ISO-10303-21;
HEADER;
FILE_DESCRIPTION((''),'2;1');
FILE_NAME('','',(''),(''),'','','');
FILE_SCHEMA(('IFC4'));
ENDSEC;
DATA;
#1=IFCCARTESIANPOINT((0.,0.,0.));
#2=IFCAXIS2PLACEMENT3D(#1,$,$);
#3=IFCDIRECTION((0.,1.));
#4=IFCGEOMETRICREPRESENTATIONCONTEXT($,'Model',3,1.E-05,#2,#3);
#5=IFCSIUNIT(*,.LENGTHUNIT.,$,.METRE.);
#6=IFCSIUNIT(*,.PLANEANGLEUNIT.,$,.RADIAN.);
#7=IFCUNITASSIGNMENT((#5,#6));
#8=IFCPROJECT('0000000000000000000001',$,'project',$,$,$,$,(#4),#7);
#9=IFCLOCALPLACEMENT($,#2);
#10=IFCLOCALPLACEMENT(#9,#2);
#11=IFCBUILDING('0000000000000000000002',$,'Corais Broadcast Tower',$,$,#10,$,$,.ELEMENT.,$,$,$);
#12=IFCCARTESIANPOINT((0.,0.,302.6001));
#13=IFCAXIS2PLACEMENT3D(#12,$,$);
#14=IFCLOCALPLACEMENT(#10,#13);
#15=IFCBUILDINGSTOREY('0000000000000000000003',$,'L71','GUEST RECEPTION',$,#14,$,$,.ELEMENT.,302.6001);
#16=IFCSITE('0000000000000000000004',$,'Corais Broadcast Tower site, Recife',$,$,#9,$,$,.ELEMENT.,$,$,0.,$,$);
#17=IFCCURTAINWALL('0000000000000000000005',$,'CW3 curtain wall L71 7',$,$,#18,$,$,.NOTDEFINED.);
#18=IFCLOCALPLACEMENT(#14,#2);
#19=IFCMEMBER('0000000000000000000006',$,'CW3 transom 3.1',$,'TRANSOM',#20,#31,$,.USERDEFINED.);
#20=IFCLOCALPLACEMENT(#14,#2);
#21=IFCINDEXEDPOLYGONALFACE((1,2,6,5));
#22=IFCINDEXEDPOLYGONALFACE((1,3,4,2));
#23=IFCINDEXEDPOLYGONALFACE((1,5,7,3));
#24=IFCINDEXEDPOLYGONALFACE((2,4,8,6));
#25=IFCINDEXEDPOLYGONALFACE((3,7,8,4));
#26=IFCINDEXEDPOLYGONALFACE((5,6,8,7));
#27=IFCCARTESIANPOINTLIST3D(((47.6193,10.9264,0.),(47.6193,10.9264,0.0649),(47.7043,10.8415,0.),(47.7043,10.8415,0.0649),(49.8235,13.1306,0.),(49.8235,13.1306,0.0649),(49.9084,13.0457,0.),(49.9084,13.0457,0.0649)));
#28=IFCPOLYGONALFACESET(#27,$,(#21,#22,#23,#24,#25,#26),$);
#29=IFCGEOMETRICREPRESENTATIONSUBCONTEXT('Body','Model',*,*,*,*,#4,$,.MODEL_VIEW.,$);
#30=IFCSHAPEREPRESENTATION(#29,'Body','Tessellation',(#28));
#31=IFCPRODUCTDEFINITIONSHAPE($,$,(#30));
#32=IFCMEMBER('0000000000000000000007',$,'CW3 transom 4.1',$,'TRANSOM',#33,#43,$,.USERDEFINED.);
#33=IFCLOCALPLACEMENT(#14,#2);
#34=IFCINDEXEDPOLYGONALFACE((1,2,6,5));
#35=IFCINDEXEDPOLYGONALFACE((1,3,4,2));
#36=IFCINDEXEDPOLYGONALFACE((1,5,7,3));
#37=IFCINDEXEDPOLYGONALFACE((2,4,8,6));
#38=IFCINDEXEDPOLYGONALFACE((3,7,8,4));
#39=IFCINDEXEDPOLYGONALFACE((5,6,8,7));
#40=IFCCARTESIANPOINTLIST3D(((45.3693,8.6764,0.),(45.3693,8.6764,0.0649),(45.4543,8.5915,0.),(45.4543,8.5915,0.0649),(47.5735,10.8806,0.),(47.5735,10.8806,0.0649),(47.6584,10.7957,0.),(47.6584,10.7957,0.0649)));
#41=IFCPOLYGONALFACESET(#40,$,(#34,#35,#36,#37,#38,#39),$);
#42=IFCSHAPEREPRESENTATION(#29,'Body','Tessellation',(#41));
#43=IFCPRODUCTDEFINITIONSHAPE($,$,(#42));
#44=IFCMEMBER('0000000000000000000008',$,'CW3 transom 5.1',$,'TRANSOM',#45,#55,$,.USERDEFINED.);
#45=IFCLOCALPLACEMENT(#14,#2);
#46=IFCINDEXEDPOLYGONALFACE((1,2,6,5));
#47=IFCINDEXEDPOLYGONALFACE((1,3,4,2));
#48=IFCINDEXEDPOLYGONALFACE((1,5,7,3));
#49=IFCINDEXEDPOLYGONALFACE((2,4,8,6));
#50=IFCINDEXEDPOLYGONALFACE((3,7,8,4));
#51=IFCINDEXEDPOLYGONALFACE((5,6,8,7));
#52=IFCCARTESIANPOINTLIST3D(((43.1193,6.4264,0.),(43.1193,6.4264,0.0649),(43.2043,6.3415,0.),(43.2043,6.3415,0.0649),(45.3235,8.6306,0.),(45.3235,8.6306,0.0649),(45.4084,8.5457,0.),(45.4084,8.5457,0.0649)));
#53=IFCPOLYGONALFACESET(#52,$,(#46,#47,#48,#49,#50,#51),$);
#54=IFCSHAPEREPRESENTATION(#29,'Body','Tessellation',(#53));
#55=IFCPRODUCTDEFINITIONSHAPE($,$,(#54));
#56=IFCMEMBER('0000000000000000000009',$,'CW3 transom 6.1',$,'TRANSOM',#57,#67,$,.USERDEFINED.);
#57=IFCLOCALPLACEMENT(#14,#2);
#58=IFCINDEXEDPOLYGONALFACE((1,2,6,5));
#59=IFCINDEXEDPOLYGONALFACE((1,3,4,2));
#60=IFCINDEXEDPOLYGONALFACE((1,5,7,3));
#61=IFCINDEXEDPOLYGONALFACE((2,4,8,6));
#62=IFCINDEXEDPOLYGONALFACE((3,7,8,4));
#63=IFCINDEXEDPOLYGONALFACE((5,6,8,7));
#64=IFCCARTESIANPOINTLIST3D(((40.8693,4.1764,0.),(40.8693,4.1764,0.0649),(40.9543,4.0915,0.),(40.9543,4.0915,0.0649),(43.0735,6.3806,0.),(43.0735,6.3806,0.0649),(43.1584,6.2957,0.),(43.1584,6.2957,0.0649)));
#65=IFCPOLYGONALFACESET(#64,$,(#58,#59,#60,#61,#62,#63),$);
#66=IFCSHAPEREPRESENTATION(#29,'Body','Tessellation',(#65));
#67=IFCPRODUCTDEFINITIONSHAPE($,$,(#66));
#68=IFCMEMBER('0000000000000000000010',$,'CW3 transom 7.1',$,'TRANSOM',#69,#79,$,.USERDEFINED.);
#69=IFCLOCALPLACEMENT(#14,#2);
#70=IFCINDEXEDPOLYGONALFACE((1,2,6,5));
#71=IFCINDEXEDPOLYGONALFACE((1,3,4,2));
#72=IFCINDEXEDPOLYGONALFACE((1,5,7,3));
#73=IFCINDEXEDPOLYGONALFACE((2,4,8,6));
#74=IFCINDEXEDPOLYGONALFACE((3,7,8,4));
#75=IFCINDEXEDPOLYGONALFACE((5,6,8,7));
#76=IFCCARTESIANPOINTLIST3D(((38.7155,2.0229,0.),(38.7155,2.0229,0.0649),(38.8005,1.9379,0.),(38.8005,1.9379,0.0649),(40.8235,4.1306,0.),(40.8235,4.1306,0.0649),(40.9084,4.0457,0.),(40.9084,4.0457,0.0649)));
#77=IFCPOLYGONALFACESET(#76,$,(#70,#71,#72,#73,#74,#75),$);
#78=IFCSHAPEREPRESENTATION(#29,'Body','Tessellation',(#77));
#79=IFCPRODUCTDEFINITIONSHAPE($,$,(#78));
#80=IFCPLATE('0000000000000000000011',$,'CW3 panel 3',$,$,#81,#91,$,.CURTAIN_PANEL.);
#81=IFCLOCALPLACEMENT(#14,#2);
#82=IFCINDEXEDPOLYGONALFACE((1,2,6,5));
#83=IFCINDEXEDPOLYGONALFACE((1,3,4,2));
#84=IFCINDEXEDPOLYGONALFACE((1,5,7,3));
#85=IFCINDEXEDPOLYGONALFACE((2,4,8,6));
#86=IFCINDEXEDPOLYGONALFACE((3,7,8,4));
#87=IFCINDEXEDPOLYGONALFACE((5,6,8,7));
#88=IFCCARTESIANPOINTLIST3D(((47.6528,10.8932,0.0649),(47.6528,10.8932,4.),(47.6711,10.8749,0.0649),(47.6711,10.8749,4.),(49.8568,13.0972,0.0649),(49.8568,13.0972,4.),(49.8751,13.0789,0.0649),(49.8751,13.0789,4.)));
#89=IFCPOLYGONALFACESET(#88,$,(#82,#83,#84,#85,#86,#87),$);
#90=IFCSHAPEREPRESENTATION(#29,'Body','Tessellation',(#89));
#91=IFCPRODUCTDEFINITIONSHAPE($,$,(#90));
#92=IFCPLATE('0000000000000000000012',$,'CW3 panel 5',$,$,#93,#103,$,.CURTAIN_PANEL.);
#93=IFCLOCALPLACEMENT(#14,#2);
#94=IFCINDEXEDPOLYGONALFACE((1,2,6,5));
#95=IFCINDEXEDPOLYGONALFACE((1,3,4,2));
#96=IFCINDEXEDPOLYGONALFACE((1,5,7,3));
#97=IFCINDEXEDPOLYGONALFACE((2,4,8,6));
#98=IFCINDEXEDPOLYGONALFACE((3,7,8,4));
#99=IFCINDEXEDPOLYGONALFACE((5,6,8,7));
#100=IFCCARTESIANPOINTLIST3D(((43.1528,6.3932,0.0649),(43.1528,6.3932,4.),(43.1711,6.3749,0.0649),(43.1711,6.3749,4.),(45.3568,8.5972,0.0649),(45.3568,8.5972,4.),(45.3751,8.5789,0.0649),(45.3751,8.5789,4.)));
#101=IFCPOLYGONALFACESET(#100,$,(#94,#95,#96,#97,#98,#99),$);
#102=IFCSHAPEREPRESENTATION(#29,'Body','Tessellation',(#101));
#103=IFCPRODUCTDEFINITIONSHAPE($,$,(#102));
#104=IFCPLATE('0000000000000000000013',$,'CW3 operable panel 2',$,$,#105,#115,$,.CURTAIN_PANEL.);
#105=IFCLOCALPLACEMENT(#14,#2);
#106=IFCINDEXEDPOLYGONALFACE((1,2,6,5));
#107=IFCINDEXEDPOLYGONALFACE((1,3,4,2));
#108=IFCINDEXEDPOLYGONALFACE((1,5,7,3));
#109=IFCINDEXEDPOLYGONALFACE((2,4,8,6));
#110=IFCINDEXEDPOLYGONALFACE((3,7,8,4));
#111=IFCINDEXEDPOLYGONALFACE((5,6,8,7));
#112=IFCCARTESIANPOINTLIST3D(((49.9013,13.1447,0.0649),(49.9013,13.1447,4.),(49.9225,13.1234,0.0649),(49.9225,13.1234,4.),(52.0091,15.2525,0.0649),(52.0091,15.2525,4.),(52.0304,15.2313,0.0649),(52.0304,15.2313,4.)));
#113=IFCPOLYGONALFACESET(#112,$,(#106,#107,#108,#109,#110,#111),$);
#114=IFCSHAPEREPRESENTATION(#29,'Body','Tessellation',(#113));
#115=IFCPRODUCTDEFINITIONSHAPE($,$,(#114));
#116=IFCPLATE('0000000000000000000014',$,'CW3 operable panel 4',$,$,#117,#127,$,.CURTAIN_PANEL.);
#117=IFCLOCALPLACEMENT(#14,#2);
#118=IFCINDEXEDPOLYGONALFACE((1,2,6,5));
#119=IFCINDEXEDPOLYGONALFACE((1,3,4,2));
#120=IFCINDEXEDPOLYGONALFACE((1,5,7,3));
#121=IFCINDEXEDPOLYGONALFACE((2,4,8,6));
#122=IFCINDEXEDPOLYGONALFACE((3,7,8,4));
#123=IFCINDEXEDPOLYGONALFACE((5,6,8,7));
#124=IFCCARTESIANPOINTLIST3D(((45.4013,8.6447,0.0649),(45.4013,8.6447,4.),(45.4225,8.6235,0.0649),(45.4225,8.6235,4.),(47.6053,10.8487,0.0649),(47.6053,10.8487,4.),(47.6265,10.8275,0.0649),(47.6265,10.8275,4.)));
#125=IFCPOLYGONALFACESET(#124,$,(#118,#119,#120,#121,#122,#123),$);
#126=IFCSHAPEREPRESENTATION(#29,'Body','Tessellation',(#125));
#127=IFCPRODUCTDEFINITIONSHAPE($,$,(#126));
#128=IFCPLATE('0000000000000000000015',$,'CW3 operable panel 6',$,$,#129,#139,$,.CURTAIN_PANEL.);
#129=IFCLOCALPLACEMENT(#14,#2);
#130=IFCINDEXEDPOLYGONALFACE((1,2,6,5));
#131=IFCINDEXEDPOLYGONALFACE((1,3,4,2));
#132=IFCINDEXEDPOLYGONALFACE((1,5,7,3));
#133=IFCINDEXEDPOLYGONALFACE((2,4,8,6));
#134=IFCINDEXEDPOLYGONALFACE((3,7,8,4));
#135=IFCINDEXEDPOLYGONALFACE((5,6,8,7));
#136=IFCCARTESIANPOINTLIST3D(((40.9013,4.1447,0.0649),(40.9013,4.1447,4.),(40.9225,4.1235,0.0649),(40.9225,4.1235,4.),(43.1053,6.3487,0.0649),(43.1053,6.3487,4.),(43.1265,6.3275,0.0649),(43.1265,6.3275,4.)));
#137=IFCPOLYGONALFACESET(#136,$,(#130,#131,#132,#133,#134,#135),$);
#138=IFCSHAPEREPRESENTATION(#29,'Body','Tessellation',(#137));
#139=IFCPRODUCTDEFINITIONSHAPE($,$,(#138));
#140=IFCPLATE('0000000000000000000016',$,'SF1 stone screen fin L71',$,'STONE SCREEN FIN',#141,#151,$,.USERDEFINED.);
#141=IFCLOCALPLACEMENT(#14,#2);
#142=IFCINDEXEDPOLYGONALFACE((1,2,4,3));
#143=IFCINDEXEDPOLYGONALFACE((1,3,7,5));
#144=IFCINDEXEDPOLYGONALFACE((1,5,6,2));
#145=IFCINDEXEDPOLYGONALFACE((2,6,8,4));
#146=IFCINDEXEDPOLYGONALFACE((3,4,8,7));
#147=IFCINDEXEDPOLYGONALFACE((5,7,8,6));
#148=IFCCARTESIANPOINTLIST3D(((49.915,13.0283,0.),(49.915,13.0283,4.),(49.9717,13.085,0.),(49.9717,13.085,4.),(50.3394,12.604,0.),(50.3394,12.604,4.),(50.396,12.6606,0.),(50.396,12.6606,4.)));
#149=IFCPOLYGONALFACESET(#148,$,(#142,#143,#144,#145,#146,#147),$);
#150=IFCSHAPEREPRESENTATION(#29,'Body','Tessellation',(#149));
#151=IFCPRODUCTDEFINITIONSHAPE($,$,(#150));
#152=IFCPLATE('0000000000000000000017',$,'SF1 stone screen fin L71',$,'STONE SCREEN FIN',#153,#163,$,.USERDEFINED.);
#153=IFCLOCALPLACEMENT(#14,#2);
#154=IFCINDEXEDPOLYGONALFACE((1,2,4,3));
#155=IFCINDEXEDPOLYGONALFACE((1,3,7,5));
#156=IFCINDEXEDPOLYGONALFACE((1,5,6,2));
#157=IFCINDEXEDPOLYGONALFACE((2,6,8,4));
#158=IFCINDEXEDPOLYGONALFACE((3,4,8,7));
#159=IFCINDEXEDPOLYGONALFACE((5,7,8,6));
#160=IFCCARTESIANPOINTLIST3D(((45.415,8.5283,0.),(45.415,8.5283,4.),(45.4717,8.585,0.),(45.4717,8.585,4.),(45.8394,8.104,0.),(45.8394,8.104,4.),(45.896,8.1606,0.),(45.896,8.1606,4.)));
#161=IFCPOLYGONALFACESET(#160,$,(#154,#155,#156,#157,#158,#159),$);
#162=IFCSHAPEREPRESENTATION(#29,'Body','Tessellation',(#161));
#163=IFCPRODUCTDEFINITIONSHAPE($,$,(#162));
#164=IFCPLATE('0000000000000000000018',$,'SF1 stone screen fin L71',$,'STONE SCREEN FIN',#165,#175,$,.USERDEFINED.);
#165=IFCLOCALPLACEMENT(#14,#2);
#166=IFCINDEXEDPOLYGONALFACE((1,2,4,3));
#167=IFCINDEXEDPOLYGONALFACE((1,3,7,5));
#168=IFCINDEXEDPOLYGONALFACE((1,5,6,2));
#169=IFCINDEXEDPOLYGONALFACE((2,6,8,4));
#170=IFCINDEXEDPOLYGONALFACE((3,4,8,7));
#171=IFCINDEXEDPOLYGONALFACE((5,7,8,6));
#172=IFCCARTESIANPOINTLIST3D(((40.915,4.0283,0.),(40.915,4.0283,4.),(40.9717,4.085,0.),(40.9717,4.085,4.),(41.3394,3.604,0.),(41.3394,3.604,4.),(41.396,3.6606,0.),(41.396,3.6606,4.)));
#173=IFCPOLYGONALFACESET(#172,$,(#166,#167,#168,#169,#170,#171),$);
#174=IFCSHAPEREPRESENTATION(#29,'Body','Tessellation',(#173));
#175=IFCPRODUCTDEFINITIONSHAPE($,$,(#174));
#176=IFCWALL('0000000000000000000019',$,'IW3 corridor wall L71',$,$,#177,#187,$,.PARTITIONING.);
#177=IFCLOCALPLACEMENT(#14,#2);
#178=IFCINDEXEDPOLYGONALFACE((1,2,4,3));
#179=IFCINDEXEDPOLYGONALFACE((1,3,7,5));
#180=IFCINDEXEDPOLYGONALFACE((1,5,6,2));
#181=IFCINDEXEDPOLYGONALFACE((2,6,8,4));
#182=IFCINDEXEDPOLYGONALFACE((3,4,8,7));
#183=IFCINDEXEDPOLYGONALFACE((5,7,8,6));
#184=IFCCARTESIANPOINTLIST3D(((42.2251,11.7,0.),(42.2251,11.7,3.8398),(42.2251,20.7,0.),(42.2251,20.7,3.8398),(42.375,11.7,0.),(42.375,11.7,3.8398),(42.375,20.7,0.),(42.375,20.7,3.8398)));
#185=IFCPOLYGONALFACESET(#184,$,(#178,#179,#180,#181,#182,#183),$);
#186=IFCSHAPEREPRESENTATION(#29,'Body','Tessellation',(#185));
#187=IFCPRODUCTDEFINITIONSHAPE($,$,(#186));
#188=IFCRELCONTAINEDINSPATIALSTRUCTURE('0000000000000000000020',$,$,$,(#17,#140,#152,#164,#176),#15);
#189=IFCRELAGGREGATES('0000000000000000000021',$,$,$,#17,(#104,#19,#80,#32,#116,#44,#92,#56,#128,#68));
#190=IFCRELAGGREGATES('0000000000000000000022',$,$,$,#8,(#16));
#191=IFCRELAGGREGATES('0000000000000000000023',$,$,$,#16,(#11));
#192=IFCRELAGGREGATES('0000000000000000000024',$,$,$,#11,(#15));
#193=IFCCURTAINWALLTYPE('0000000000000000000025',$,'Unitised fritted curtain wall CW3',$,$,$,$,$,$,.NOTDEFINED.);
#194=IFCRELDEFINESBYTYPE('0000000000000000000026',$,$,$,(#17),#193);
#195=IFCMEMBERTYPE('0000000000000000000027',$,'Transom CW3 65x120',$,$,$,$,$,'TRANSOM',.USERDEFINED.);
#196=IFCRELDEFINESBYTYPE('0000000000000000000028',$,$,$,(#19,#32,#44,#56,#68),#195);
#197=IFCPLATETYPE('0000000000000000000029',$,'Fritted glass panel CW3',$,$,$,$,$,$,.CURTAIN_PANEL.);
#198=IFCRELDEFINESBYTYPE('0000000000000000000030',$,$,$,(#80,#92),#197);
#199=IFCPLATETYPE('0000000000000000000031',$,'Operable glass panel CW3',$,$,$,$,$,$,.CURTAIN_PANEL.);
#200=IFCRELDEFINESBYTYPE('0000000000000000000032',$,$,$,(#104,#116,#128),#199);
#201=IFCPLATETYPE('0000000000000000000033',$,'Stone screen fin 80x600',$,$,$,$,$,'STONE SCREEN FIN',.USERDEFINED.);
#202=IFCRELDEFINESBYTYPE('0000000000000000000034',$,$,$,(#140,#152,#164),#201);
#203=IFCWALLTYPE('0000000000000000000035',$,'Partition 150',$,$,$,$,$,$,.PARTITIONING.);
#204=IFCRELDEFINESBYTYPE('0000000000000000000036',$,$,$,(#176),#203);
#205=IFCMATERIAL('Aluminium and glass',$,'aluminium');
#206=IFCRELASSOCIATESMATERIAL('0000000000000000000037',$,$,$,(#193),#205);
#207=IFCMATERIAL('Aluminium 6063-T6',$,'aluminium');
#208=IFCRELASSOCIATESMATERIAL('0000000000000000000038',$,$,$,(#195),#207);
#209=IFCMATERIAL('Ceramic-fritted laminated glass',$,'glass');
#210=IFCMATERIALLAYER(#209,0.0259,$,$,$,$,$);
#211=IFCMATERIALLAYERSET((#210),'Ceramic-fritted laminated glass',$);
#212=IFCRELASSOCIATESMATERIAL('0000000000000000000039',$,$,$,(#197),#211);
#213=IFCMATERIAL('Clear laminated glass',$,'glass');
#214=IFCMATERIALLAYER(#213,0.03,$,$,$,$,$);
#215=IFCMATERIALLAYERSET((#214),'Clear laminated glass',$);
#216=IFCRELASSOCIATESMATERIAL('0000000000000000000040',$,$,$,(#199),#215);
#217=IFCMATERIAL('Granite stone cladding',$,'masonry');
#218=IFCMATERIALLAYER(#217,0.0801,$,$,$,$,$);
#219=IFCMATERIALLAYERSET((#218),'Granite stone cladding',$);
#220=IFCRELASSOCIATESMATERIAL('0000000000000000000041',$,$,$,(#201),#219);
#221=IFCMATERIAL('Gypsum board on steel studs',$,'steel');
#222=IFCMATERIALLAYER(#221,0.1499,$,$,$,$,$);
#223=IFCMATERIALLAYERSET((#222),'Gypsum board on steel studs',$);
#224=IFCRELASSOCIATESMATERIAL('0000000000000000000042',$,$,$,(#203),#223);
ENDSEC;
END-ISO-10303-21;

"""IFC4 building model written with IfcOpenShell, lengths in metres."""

from ifc_helpers import new_model, si_unit, direction, frame, frame_2d, origin, origin_2d, place, context, subcontext, project, spatial, rectangle, extrude, material, layer, layer_set, material_profile, profile_set, type_object, element, aggregate, save


model = new_model("IFC4")

# Units and contexts
model_context = context("Model", 3, precision=1e-05, world=origin(), true_north=direction((0.0, 1.0)))
body_context = subcontext(model_context, "Body", "Model", "MODEL_VIEW")
ifc_project = project(units=[si_unit("LENGTHUNIT", "METRE"), si_unit("PLANEANGLEUNIT", "RADIAN")], contexts=[model_context])

# Site, building, storey
site_placement = place(None, origin())
site = spatial("IfcSite", under=ifc_project, at=site_placement, Name="Corais Broadcast Tower site, Recife", CompositionType="ELEMENT", RefElevation=0.0)
building_placement = place(site_placement, origin())
building = spatial("IfcBuilding", under=site, at=building_placement, Name="Corais Broadcast Tower", CompositionType="ELEMENT")
storey_placement = place(building_placement, frame((0.0, 0.0, 302.6001)))
storey = spatial("IfcBuildingStorey", under=building, at=storey_placement, Name="L71", Description="GUEST RECEPTION", CompositionType="ELEMENT", Elevation=302.6001)

# Curtain wall
ifc_material_1 = material(Name="Aluminium and glass", Category="aluminium")
curtain_wall_type = type_object("IfcCurtainWallType", Name="Unitised fritted curtain wall CW3", PredefinedType="NOTDEFINED", material=ifc_material_1)
curtain_wall_placement = place(storey_placement, origin())
curtain_wall = element("IfcCurtainWall", 1, at=curtain_wall_placement, inside=storey, type_object=curtain_wall_type, Name="CW3 curtain wall L71 7", PredefinedType="NOTDEFINED")

# Members
ifc_material_2 = material(Name="Aluminium 6063-T6", Category="aluminium")
ifc_material_profile_1 = material_profile(ifc_material_2, rectangle(XDim=0.1201, YDim=0.0649, at=origin_2d()), Name="Transom CW3 65x120")
ifc_profile_set_1 = profile_set([ifc_material_profile_1], Name="Aluminium 6063-T6")
member_type_1 = type_object("IfcMemberType", Name="Transom CW3 65x120", ElementType="TRANSOM", PredefinedType="USERDEFINED", material=ifc_profile_set_1)
member_1_placement = place(storey_placement, frame((49.866, 13.0881, 0.0325), z_axis=(-0.707107, -0.707107, 0.0), x_axis=(0.707107, -0.707107, 0.0)))
member_1 = element("IfcMember", 2, at=member_1_placement, type_object=member_type_1, Name="CW3 transom 3.1", ObjectType="TRANSOM", PredefinedType="USERDEFINED", context=body_context, shape_type="SweptSolid", body=[
    extrude(rectangle(XDim=0.1201, YDim=0.0649, at=origin_2d()), origin(), (0.0, 0.0, 1.0), 3.1172),
])
member_2_placement = place(storey_placement, frame((47.616, 10.8381, 0.0325), z_axis=(-0.707107, -0.707107, 0.0), x_axis=(0.707107, -0.707107, 0.0)))
member_2 = element("IfcMember", 3, at=member_2_placement, type_object=member_type_1, Name="CW3 transom 4.1", ObjectType="TRANSOM", PredefinedType="USERDEFINED", context=body_context, shape_type="SweptSolid", body=[
    extrude(rectangle(XDim=0.1201, YDim=0.0649, at=origin_2d()), origin(), (0.0, 0.0, 1.0), 3.1172),
])
member_3_placement = place(storey_placement, frame((45.366, 8.5881, 0.0325), z_axis=(-0.707107, -0.707107, 0.0), x_axis=(0.707107, -0.707107, 0.0)))
member_3 = element("IfcMember", 4, at=member_3_placement, type_object=member_type_1, Name="CW3 transom 5.1", ObjectType="TRANSOM", PredefinedType="USERDEFINED", context=body_context, shape_type="SweptSolid", body=[
    extrude(rectangle(XDim=0.1201, YDim=0.0649, at=origin_2d()), origin(), (0.0, 0.0, 1.0), 3.1172),
])
member_4_placement = place(storey_placement, frame((43.116, 6.3381, 0.0325), z_axis=(-0.707107, -0.707107, 0.0), x_axis=(0.707107, -0.707107, 0.0)))
member_4 = element("IfcMember", 5, at=member_4_placement, type_object=member_type_1, Name="CW3 transom 6.1", ObjectType="TRANSOM", PredefinedType="USERDEFINED", context=body_context, shape_type="SweptSolid", body=[
    extrude(rectangle(XDim=0.1201, YDim=0.0649, at=origin_2d()), origin(), (0.0, 0.0, 1.0), 3.1172),
])
member_5_placement = place(storey_placement, frame((40.866, 4.0881, 0.0325), z_axis=(-0.707148, -0.707066, 0.0), x_axis=(0.707066, -0.707148, 0.0)))
member_5 = element("IfcMember", 6, at=member_5_placement, type_object=member_type_1, Name="CW3 transom 7.1", ObjectType="TRANSOM", PredefinedType="USERDEFINED", context=body_context, shape_type="SweptSolid", body=[
    extrude(rectangle(XDim=0.1201, YDim=0.0649, at=origin_2d()), origin(), (0.0, 0.0, 1.0), 2.981),
])

# Plates
ifc_material_3 = material(Name="Ceramic-fritted laminated glass", Category="glass")
ifc_layer_1 = layer(ifc_material_3, 0.0259)
ifc_layer_set_1 = layer_set([ifc_layer_1], Name="Ceramic-fritted laminated glass")
plate_type_1 = type_object("IfcPlateType", Name="Fritted glass panel CW3", PredefinedType="CURTAIN_PANEL", material=ifc_layer_set_1)
plate_1_placement = place(storey_placement, frame((48.7639, 11.9861, 0.0649), z_axis=(0.0, 0.0, 1.0), x_axis=(-0.707107, -0.707107, 0.0)))
plate_1 = element("IfcPlate", 7, at=plate_1_placement, type_object=plate_type_1, Name="CW3 panel 3", PredefinedType="CURTAIN_PANEL", context=body_context, shape_type="SweptSolid", body=[
    extrude(rectangle(XDim=3.1169, YDim=0.0259, at=origin_2d()), origin(), (0.0, 0.0, 1.0), 3.9351),
])
plate_2_placement = place(storey_placement, frame((44.2639, 7.4861, 0.0649), z_axis=(0.0, 0.0, 1.0), x_axis=(-0.707107, -0.707107, 0.0)))
plate_2 = element("IfcPlate", 8, at=plate_2_placement, type_object=plate_type_1, Name="CW3 panel 5", PredefinedType="CURTAIN_PANEL", context=body_context, shape_type="SweptSolid", body=[
    extrude(rectangle(XDim=3.1169, YDim=0.0259, at=origin_2d()), origin(), (0.0, 0.0, 1.0), 3.9351),
])
ifc_material_4 = material(Name="Clear laminated glass", Category="glass")
ifc_layer_2 = layer(ifc_material_4, 0.03)
ifc_layer_set_2 = layer_set([ifc_layer_2], Name="Clear laminated glass")
plate_type_2 = type_object("IfcPlateType", Name="Operable glass panel CW3", PredefinedType="CURTAIN_PANEL", material=ifc_layer_set_2)
plate_3_placement = place(storey_placement, frame((50.9658, 14.188, 0.0649), z_axis=(0.0, 0.0, 1.0), x_axis=(-0.707107, -0.707107, 0.0)))
plate_3 = element("IfcPlate", 9, at=plate_3_placement, type_object=plate_type_2, Name="CW3 operable panel 2", PredefinedType="CURTAIN_PANEL", context=body_context, shape_type="SweptSolid", body=[
    extrude(rectangle(XDim=2.981, YDim=0.03, at=origin_2d()), origin(), (0.0, 0.0, 1.0), 3.9351),
])
plate_4_placement = place(storey_placement, frame((46.5139, 9.7361, 0.0649), z_axis=(0.0, 0.0, 1.0), x_axis=(-0.707107, -0.707107, 0.0)))
plate_4 = element("IfcPlate", 10, at=plate_4_placement, type_object=plate_type_2, Name="CW3 operable panel 4", PredefinedType="CURTAIN_PANEL", context=body_context, shape_type="SweptSolid", body=[
    extrude(rectangle(XDim=3.1169, YDim=0.03, at=origin_2d()), origin(), (0.0, 0.0, 1.0), 3.9351),
])
plate_5_placement = place(storey_placement, frame((42.0139, 5.2361, 0.0649), z_axis=(0.0, 0.0, 1.0), x_axis=(-0.707107, -0.707107, 0.0)))
plate_5 = element("IfcPlate", 11, at=plate_5_placement, type_object=plate_type_2, Name="CW3 operable panel 6", PredefinedType="CURTAIN_PANEL", context=body_context, shape_type="SweptSolid", body=[
    extrude(rectangle(XDim=3.1169, YDim=0.03, at=origin_2d()), origin(), (0.0, 0.0, 1.0), 3.9351),
])
aggregate(curtain_wall, [plate_3, member_1, plate_1, member_2, plate_4, member_3, plate_2, member_4, plate_5, member_5])

# Plates
ifc_material_5 = material(Name="Granite stone cladding", Category="masonry")
ifc_layer_3 = layer(ifc_material_5, 0.0801)
ifc_layer_set_3 = layer_set([ifc_layer_3], Name="Granite stone cladding")
plate_type_3 = type_object("IfcPlateType", Name="Stone screen fin 80x600", ElementType="STONE SCREEN FIN", PredefinedType="USERDEFINED", material=ifc_layer_set_3)
for number, where, z_axis, x_axis, name in (
    (12, (50.1555, 12.8445, 0.0), (0.0, 0.0, 1.0), (-0.707107, -0.707107, 0.0), "SF1 stone screen fin L71"),
    (13, (45.6555, 8.3445, 0.0), (0.0, 0.0, 1.0), (-0.707107, -0.707107, 0.0), "SF1 stone screen fin L71"),
    (14, (41.1555, 3.8445, 0.0), (0.0, 0.0, 1.0), (-0.707107, -0.707107, 0.0), "SF1 stone screen fin L71"),
):
    element("IfcPlate", number, at=place(storey_placement, frame(where, z_axis=z_axis, x_axis=x_axis)), inside=storey, type_object=plate_type_3, Name=name, ObjectType="STONE SCREEN FIN", PredefinedType="USERDEFINED", context=body_context, shape_type="SweptSolid", body=[
        extrude(rectangle(XDim=0.0801, YDim=0.6001, at=origin_2d()), origin(), (0.0, 0.0, 1.0), 4.0),
    ])

# Wall
ifc_material_6 = material(Name="Gypsum board on steel studs", Category="steel")
ifc_layer_4 = layer(ifc_material_6, 0.1499)
ifc_layer_set_4 = layer_set([ifc_layer_4], Name="Gypsum board on steel studs")
wall_type = type_object("IfcWallType", Name="Partition 150", PredefinedType="PARTITIONING", material=ifc_layer_set_4)
wall_placement = place(storey_placement, frame((42.3, 11.7, 0.0), z_axis=(0.0, 0.0, 1.0), x_axis=(0.0, 1.0, 0.0)))
element("IfcWall", 15, at=wall_placement, inside=storey, type_object=wall_type, Name="IW3 corridor wall L71", PredefinedType="PARTITIONING", context=body_context, shape_type="SweptSolid", body=[
    extrude(rectangle(XDim=9.0, YDim=0.1499, at=frame_2d((4.5, 0.0))), origin(), (0.0, 0.0, 1.0), 3.8398),
])

save(model, "model.ifc")
